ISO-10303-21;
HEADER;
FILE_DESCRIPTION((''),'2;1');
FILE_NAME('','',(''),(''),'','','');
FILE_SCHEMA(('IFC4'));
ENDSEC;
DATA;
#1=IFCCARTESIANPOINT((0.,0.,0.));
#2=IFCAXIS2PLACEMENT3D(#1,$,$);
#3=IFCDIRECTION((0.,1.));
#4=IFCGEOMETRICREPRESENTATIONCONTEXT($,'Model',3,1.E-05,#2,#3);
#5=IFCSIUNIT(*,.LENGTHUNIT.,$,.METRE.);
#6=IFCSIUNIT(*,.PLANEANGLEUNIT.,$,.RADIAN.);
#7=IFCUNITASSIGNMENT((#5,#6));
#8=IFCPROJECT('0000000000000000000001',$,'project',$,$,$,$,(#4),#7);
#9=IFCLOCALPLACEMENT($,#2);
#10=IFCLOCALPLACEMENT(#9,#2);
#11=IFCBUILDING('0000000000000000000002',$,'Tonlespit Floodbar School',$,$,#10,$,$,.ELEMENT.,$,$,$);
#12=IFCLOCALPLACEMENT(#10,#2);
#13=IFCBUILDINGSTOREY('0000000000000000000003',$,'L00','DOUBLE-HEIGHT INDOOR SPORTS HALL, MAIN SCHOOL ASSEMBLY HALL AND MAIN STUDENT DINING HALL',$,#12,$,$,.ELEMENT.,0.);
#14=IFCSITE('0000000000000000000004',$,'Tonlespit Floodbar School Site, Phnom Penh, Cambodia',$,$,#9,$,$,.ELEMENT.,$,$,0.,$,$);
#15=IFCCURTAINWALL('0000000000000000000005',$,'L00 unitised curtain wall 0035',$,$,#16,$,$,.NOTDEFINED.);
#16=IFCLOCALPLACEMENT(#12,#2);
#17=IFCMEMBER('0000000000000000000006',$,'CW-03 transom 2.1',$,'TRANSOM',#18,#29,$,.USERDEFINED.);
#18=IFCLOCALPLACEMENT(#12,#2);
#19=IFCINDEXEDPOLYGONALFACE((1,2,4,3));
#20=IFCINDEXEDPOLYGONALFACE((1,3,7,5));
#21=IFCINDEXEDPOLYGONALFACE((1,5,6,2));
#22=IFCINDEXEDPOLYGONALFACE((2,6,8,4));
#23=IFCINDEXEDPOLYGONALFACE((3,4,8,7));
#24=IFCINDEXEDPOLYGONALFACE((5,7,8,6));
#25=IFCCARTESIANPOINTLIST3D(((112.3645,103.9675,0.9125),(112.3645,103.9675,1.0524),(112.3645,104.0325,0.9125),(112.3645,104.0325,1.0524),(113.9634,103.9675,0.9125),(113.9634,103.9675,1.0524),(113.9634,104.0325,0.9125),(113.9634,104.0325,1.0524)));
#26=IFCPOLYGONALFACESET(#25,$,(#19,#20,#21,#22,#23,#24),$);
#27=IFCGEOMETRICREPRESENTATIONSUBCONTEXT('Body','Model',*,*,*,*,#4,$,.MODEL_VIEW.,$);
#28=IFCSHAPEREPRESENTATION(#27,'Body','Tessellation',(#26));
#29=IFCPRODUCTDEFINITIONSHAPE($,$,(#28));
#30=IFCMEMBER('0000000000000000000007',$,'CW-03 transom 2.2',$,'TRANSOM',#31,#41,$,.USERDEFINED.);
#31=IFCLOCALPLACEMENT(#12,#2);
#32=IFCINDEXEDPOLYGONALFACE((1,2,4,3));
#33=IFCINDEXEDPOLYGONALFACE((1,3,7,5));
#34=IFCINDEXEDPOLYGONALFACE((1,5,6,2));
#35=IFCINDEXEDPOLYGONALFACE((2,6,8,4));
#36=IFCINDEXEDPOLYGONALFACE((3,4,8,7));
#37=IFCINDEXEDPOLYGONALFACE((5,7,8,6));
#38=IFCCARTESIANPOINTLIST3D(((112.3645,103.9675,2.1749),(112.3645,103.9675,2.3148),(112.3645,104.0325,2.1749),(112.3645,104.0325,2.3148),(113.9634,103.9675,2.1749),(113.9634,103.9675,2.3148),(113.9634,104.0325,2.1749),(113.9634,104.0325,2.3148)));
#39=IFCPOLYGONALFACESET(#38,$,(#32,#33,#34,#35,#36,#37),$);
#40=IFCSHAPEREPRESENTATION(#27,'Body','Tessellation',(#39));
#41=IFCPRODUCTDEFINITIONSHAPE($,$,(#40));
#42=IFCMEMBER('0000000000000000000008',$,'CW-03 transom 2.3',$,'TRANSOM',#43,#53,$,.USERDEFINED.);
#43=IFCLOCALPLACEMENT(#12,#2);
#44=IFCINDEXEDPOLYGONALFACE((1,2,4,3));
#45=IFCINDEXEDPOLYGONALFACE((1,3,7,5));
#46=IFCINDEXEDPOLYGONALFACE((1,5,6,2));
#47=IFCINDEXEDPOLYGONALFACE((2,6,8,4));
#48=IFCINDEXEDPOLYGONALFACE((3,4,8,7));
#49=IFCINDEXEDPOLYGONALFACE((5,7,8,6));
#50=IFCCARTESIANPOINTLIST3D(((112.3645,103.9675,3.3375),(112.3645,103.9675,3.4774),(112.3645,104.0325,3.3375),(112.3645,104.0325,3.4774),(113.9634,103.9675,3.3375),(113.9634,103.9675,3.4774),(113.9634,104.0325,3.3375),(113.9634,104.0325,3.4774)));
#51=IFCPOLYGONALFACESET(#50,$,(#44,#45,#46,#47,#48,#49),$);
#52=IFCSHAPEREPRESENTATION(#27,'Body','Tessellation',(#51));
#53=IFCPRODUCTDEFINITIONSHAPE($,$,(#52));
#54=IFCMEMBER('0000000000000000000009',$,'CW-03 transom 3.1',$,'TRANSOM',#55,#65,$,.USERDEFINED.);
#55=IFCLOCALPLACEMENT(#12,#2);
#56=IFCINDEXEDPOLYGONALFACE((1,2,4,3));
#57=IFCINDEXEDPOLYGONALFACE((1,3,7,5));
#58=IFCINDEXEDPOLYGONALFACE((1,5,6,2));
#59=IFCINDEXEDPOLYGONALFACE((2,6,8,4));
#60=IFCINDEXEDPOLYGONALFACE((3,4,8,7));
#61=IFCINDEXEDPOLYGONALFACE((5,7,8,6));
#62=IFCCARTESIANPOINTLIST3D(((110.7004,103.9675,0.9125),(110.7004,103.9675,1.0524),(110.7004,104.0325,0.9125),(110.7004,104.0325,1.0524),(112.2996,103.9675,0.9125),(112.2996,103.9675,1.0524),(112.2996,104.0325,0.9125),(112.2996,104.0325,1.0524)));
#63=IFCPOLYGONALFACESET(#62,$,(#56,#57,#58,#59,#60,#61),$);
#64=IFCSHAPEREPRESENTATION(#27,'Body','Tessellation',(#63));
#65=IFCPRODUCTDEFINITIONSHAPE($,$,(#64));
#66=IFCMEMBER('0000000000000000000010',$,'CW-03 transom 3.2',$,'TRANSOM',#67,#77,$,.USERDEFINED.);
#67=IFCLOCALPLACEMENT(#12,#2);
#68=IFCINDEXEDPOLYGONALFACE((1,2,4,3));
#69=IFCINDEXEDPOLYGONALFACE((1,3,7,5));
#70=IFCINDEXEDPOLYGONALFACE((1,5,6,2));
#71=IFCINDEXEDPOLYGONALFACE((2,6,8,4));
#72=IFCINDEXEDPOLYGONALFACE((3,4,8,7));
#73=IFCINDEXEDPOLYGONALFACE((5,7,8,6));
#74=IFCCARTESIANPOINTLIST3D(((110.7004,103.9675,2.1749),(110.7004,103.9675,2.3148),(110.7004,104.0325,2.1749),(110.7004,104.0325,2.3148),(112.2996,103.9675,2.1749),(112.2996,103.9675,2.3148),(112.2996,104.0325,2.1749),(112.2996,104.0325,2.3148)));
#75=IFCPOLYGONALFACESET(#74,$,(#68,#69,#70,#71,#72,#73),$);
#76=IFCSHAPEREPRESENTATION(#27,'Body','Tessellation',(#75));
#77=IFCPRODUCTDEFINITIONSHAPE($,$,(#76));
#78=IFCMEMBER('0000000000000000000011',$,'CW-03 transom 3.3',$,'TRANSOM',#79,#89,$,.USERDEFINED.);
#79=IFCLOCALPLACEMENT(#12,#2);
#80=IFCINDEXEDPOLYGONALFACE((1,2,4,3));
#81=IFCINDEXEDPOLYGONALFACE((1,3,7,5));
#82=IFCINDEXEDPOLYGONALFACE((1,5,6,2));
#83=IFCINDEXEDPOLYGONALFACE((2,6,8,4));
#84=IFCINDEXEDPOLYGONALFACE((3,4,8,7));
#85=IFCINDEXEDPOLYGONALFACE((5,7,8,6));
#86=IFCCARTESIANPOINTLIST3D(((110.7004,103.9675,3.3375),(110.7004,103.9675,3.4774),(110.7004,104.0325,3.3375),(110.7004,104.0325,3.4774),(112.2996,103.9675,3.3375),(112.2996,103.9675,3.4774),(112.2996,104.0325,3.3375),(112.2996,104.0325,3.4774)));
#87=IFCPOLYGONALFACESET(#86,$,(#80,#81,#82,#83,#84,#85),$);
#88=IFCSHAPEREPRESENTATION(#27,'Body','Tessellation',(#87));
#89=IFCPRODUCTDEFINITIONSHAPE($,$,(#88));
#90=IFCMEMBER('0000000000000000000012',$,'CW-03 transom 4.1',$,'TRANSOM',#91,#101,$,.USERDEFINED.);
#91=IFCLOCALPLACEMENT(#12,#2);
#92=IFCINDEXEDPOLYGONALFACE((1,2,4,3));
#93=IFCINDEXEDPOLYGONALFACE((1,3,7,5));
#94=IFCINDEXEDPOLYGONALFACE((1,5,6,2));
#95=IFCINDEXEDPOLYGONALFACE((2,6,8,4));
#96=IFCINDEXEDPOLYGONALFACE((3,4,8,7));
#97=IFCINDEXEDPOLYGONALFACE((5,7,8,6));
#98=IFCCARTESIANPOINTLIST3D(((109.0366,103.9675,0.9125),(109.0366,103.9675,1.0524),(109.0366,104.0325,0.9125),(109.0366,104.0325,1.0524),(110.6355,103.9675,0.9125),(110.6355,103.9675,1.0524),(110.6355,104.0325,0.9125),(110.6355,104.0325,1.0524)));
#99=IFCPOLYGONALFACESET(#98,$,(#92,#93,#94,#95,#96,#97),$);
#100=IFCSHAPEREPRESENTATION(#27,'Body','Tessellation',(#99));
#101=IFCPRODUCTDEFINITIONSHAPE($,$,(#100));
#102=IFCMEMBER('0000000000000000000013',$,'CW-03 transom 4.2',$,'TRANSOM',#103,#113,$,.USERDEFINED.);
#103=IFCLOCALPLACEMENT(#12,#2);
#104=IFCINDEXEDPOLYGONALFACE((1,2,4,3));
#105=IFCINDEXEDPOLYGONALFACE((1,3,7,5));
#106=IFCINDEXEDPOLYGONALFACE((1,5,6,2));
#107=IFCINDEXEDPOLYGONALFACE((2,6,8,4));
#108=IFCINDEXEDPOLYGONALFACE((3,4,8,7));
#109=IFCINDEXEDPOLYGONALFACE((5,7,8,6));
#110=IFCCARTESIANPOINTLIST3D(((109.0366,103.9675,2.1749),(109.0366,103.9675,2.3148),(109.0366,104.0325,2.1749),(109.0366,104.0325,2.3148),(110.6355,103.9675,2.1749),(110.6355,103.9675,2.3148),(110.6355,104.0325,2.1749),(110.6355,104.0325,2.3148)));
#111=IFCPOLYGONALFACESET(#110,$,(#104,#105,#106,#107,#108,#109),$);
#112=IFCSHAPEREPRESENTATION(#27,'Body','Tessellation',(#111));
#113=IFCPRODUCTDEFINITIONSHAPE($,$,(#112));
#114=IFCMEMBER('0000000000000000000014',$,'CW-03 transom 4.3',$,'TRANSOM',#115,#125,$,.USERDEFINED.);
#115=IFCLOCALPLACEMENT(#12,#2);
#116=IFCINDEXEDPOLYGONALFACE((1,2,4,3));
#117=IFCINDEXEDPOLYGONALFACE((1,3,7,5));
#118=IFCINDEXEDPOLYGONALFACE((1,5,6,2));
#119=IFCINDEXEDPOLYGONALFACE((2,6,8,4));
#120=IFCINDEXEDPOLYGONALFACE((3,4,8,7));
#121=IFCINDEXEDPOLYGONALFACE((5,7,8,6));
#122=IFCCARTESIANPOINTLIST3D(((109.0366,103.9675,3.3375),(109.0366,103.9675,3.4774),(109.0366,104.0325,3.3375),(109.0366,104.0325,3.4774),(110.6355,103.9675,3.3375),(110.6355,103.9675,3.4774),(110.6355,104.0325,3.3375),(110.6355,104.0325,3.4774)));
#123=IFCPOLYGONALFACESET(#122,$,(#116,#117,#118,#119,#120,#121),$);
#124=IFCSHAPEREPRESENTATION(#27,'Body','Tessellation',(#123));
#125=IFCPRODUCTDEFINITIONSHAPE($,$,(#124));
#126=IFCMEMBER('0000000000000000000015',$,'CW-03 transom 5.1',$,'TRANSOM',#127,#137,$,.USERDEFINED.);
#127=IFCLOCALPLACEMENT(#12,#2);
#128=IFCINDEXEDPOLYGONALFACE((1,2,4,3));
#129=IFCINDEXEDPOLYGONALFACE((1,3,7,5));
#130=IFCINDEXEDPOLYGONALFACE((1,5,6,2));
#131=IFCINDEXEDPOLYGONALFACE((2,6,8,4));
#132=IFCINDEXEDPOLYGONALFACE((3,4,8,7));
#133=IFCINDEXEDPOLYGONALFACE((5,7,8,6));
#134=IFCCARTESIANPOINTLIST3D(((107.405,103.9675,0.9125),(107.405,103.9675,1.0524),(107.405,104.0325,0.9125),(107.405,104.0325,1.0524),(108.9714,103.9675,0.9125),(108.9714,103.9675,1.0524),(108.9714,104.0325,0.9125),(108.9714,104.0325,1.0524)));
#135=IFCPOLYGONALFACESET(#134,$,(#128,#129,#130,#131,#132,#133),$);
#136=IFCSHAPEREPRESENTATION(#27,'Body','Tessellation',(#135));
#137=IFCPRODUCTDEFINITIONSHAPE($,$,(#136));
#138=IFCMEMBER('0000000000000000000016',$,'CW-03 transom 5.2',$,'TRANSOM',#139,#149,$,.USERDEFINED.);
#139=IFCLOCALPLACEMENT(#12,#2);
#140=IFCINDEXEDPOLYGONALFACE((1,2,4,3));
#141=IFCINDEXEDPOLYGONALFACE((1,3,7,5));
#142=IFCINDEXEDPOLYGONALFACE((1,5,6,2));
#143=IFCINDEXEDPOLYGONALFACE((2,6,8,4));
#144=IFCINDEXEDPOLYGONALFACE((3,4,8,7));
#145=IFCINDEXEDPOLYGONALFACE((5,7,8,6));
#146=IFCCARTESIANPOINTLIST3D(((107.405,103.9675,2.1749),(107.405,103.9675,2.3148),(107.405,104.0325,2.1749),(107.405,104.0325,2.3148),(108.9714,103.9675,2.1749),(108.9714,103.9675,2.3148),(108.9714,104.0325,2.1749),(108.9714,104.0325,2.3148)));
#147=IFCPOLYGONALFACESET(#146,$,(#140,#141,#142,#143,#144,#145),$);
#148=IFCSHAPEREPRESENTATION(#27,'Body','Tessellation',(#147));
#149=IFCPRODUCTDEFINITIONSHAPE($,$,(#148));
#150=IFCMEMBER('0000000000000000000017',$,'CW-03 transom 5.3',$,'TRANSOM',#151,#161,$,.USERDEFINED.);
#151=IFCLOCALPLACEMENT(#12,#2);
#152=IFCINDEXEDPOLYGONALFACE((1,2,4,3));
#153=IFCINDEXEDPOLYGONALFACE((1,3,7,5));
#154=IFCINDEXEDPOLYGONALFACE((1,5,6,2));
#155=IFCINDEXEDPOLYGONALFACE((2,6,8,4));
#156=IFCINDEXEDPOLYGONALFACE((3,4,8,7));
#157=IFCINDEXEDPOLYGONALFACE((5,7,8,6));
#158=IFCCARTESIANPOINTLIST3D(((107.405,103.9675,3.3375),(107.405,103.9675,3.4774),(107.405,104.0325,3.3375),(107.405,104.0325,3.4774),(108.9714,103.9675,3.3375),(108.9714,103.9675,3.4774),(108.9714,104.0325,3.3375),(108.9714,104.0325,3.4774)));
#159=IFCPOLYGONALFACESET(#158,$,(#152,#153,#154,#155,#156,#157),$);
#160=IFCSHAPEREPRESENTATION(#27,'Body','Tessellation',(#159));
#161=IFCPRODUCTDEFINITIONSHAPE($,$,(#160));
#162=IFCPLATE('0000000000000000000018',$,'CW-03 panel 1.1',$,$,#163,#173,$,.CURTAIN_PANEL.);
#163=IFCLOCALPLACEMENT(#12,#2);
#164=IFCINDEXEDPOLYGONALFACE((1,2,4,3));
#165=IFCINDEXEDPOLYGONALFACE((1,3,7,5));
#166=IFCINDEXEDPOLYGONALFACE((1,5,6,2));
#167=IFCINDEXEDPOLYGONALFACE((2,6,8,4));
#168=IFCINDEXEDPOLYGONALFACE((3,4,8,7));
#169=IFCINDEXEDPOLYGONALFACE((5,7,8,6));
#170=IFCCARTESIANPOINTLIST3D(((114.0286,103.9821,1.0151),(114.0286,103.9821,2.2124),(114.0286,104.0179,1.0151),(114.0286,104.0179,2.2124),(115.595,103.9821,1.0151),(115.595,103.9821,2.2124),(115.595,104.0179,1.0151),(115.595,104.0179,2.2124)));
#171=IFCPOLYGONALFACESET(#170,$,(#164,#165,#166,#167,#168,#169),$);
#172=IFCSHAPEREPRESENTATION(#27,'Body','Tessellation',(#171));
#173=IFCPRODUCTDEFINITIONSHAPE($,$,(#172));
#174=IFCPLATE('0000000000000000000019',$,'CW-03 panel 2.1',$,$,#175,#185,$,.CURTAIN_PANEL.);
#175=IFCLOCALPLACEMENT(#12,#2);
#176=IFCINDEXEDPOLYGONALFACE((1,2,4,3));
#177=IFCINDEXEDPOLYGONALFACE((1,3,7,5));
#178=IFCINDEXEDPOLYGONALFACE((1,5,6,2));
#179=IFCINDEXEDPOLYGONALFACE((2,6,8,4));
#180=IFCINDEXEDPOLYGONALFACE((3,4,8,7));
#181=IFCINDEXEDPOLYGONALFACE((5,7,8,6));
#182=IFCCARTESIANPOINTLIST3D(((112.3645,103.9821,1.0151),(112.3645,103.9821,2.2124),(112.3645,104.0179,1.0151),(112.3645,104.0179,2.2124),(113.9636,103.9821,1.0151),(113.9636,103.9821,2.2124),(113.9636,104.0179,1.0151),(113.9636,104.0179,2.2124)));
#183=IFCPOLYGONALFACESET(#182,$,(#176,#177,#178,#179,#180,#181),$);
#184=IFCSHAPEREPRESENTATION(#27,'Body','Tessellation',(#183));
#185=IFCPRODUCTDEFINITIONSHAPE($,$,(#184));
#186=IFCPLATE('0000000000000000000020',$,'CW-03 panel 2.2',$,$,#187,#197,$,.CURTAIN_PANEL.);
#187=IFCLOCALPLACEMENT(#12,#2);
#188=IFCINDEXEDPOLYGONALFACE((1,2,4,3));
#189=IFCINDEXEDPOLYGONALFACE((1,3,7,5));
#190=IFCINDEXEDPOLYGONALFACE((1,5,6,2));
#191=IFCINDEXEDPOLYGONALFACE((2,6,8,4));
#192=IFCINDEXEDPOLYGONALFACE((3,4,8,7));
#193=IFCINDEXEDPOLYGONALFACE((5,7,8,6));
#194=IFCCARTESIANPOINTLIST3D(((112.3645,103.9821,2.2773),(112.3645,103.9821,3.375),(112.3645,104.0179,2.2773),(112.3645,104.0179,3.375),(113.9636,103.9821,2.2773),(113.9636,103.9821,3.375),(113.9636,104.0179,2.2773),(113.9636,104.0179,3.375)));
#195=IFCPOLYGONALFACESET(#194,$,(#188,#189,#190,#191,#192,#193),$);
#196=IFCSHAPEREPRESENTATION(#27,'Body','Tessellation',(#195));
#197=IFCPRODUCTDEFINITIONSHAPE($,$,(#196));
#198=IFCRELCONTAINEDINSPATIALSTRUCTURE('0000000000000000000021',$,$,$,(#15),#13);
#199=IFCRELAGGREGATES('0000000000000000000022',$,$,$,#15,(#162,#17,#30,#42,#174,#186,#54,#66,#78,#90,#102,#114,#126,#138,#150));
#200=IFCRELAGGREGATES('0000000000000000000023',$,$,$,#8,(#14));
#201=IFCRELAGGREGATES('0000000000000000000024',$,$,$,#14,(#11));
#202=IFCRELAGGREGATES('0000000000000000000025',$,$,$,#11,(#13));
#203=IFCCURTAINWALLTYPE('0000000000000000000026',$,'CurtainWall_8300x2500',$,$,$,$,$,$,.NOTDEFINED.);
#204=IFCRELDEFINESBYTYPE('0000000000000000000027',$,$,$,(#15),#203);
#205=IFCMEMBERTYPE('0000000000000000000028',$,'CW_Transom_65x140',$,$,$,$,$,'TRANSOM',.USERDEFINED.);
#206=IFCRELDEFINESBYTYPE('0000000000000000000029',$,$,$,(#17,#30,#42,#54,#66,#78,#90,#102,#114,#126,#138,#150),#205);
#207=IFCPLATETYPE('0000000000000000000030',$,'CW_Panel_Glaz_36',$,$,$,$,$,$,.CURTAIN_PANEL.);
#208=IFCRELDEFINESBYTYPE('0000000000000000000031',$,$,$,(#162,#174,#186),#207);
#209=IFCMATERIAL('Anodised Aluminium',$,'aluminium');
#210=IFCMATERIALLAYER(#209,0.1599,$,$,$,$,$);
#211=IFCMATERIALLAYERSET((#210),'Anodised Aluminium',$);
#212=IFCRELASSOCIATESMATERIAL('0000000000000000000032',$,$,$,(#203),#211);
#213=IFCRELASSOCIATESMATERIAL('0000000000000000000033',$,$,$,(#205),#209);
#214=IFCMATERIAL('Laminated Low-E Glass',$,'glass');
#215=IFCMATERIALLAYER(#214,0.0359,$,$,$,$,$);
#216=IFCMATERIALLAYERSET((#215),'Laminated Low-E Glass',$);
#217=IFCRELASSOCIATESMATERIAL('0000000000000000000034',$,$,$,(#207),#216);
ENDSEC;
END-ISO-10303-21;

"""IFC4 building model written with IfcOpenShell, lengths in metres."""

from ifc_helpers import new_model, si_unit, direction, frame, origin, origin_2d, place, context, subcontext, project, spatial, rectangle, extrude, material, layer, layer_set, material_profile, profile_set, type_object, element, aggregate, save


model = new_model("IFC4")

# Units and contexts
model_context = context("Model", 3, precision=1e-05, world=origin(), true_north=direction((0.0, 1.0)))
body_context = subcontext(model_context, "Body", "Model", "MODEL_VIEW")
ifc_project = project(units=[si_unit("LENGTHUNIT", "METRE"), si_unit("PLANEANGLEUNIT", "RADIAN")], contexts=[model_context])

# Site, building, storey
site_placement = place(None, origin())
site = spatial("IfcSite", under=ifc_project, at=site_placement, Name="Tonlespit Floodbar School Site, Phnom Penh, Cambodia", CompositionType="ELEMENT", RefElevation=0.0)
building_placement = place(site_placement, origin())
building = spatial("IfcBuilding", under=site, at=building_placement, Name="Tonlespit Floodbar School", CompositionType="ELEMENT")
storey_placement = place(building_placement, origin())
storey = spatial("IfcBuildingStorey", under=building, at=storey_placement, Name="L00", Description="DOUBLE-HEIGHT INDOOR SPORTS HALL, MAIN SCHOOL ASSEMBLY HALL AND MAIN STUDENT DINING HALL", CompositionType="ELEMENT", Elevation=0.0)

# Curtain wall, members, plates
ifc_material_1 = material(Name="Anodised Aluminium", Category="aluminium")
ifc_layer_1 = layer(ifc_material_1, 0.1599)
ifc_layer_set_1 = layer_set([ifc_layer_1], Name="Anodised Aluminium")
curtain_wall_type = type_object("IfcCurtainWallType", Name="CurtainWall_8300x2500", PredefinedType="NOTDEFINED", material=ifc_layer_set_1)
curtain_wall_placement = place(storey_placement, origin())
curtain_wall = element("IfcCurtainWall", 1, at=curtain_wall_placement, inside=storey, type_object=curtain_wall_type, Name="L00 unitised curtain wall 0035", PredefinedType="NOTDEFINED")
ifc_material_profile_1 = material_profile(ifc_material_1, rectangle(XDim=0.0649, YDim=0.1399, at=origin_2d()), Name="ALU T65x140")
ifc_profile_set_1 = profile_set([ifc_material_profile_1], Name="Anodised Aluminium")
member_type_1 = type_object("IfcMemberType", Name="CW_Transom_65x140", ElementType="TRANSOM", PredefinedType="USERDEFINED", material=ifc_profile_set_1)
member_1_placement = place(storey_placement, frame((113.9634, 104.0, 0.9824), z_axis=(-1.0, 0.0, 0.0), x_axis=(0.0, -1.0, 0.0)))
member_1 = element("IfcMember", 2, at=member_1_placement, type_object=member_type_1, Name="CW-03 transom 2.1", ObjectType="TRANSOM", PredefinedType="USERDEFINED", context=body_context, shape_type="SweptSolid", body=[
    extrude(rectangle(XDim=0.0649, YDim=0.1399, at=origin_2d()), origin(), (0.0, 0.0, 1.0), 1.5989),
])
member_2_placement = place(storey_placement, frame((113.9634, 104.0, 2.2449), z_axis=(-1.0, 0.0, 0.0), x_axis=(0.0, -1.0, 0.0)))
member_2 = element("IfcMember", 3, at=member_2_placement, type_object=member_type_1, Name="CW-03 transom 2.2", ObjectType="TRANSOM", PredefinedType="USERDEFINED", context=body_context, shape_type="SweptSolid", body=[
    extrude(rectangle(XDim=0.0649, YDim=0.1399, at=origin_2d()), origin(), (0.0, 0.0, 1.0), 1.5989),
])
member_3_placement = place(storey_placement, frame((113.9634, 104.0, 3.4075), z_axis=(-1.0, 0.0, 0.0), x_axis=(0.0, -1.0, 0.0)))
member_3 = element("IfcMember", 4, at=member_3_placement, type_object=member_type_1, Name="CW-03 transom 2.3", ObjectType="TRANSOM", PredefinedType="USERDEFINED", context=body_context, shape_type="SweptSolid", body=[
    extrude(rectangle(XDim=0.0649, YDim=0.1399, at=origin_2d()), origin(), (0.0, 0.0, 1.0), 1.5989),
])
member_4_placement = place(storey_placement, frame((112.2996, 104.0, 0.9824), z_axis=(-1.0, 0.0, 0.0), x_axis=(0.0, -1.0, 0.0)))
member_4 = element("IfcMember", 5, at=member_4_placement, type_object=member_type_1, Name="CW-03 transom 3.1", ObjectType="TRANSOM", PredefinedType="USERDEFINED", context=body_context, shape_type="SweptSolid", body=[
    extrude(rectangle(XDim=0.0649, YDim=0.1399, at=origin_2d()), origin(), (0.0, 0.0, 1.0), 1.5991),
])
member_5_placement = place(storey_placement, frame((112.2996, 104.0, 2.2449), z_axis=(-1.0, 0.0, 0.0), x_axis=(0.0, -1.0, 0.0)))
member_5 = element("IfcMember", 6, at=member_5_placement, type_object=member_type_1, Name="CW-03 transom 3.2", ObjectType="TRANSOM", PredefinedType="USERDEFINED", context=body_context, shape_type="SweptSolid", body=[
    extrude(rectangle(XDim=0.0649, YDim=0.1399, at=origin_2d()), origin(), (0.0, 0.0, 1.0), 1.5991),
])
member_6_placement = place(storey_placement, frame((112.2996, 104.0, 3.4075), z_axis=(-1.0, 0.0, 0.0), x_axis=(0.0, -1.0, 0.0)))
member_6 = element("IfcMember", 7, at=member_6_placement, type_object=member_type_1, Name="CW-03 transom 3.3", ObjectType="TRANSOM", PredefinedType="USERDEFINED", context=body_context, shape_type="SweptSolid", body=[
    extrude(rectangle(XDim=0.0649, YDim=0.1399, at=origin_2d()), origin(), (0.0, 0.0, 1.0), 1.5991),
])
member_7_placement = place(storey_placement, frame((110.6355, 104.0, 0.9824), z_axis=(-1.0, 0.0, 0.0), x_axis=(0.0, -1.0, 0.0)))
member_7 = element("IfcMember", 8, at=member_7_placement, type_object=member_type_1, Name="CW-03 transom 4.1", ObjectType="TRANSOM", PredefinedType="USERDEFINED", context=body_context, shape_type="SweptSolid", body=[
    extrude(rectangle(XDim=0.0649, YDim=0.1399, at=origin_2d()), origin(), (0.0, 0.0, 1.0), 1.5989),
])
member_8_placement = place(storey_placement, frame((110.6355, 104.0, 2.2449), z_axis=(-1.0, 0.0, 0.0), x_axis=(0.0, -1.0, 0.0)))
member_8 = element("IfcMember", 9, at=member_8_placement, type_object=member_type_1, Name="CW-03 transom 4.2", ObjectType="TRANSOM", PredefinedType="USERDEFINED", context=body_context, shape_type="SweptSolid", body=[
    extrude(rectangle(XDim=0.0649, YDim=0.1399, at=origin_2d()), origin(), (0.0, 0.0, 1.0), 1.5989),
])
member_9_placement = place(storey_placement, frame((110.6355, 104.0, 3.4075), z_axis=(-1.0, 0.0, 0.0), x_axis=(0.0, -1.0, 0.0)))
member_9 = element("IfcMember", 10, at=member_9_placement, type_object=member_type_1, Name="CW-03 transom 4.3", ObjectType="TRANSOM", PredefinedType="USERDEFINED", context=body_context, shape_type="SweptSolid", body=[
    extrude(rectangle(XDim=0.0649, YDim=0.1399, at=origin_2d()), origin(), (0.0, 0.0, 1.0), 1.5989),
])
member_10_placement = place(storey_placement, frame((108.9714, 104.0, 0.9824), z_axis=(-1.0, 0.0, 0.0), x_axis=(0.0, -1.0, 0.0)))
member_10 = element("IfcMember", 11, at=member_10_placement, type_object=member_type_1, Name="CW-03 transom 5.1", ObjectType="TRANSOM", PredefinedType="USERDEFINED", context=body_context, shape_type="SweptSolid", body=[
    extrude(rectangle(XDim=0.0649, YDim=0.1399, at=origin_2d()), origin(), (0.0, 0.0, 1.0), 1.5664),
])
member_11_placement = place(storey_placement, frame((108.9714, 104.0, 2.2449), z_axis=(-1.0, 0.0, 0.0), x_axis=(0.0, -1.0, 0.0)))
member_11 = element("IfcMember", 12, at=member_11_placement, type_object=member_type_1, Name="CW-03 transom 5.2", ObjectType="TRANSOM", PredefinedType="USERDEFINED", context=body_context, shape_type="SweptSolid", body=[
    extrude(rectangle(XDim=0.0649, YDim=0.1399, at=origin_2d()), origin(), (0.0, 0.0, 1.0), 1.5664),
])
member_12_placement = place(storey_placement, frame((108.9714, 104.0, 3.4075), z_axis=(-1.0, 0.0, 0.0), x_axis=(0.0, -1.0, 0.0)))
member_12 = element("IfcMember", 13, at=member_12_placement, type_object=member_type_1, Name="CW-03 transom 5.3", ObjectType="TRANSOM", PredefinedType="USERDEFINED", context=body_context, shape_type="SweptSolid", body=[
    extrude(rectangle(XDim=0.0649, YDim=0.1399, at=origin_2d()), origin(), (0.0, 0.0, 1.0), 1.5664),
])
ifc_material_2 = material(Name="Laminated Low-E Glass", Category="glass")
ifc_layer_2 = layer(ifc_material_2, 0.0359)
ifc_layer_set_2 = layer_set([ifc_layer_2], Name="Laminated Low-E Glass")
plate_type = type_object("IfcPlateType", Name="CW_Panel_Glaz_36", PredefinedType="CURTAIN_PANEL", material=ifc_layer_set_2)
plate_1_placement = place(storey_placement, frame((114.8118, 104.0, 1.0151), z_axis=(0.0, 0.0, 1.0), x_axis=(-1.0, 0.0, 0.0)))
plate_1 = element("IfcPlate", 14, at=plate_1_placement, type_object=plate_type, Name="CW-03 panel 1.1", PredefinedType="CURTAIN_PANEL", context=body_context, shape_type="SweptSolid", body=[
    extrude(rectangle(XDim=1.5664, YDim=0.0359, at=origin_2d()), origin(), (0.0, 0.0, 1.0), 1.1973),
])
plate_2_placement = place(storey_placement, frame((113.1641, 104.0, 1.0151), z_axis=(0.0, 0.0, 1.0), x_axis=(-1.0, 0.0, 0.0)))
plate_2 = element("IfcPlate", 15, at=plate_2_placement, type_object=plate_type, Name="CW-03 panel 2.1", PredefinedType="CURTAIN_PANEL", context=body_context, shape_type="SweptSolid", body=[
    extrude(rectangle(XDim=1.5991, YDim=0.0359, at=origin_2d()), origin(), (0.0, 0.0, 1.0), 1.1973),
])
plate_3_placement = place(storey_placement, frame((113.1641, 104.0, 2.2773), z_axis=(0.0, 0.0, 1.0), x_axis=(-1.0, 0.0, 0.0)))
plate_3 = element("IfcPlate", 16, at=plate_3_placement, type_object=plate_type, Name="CW-03 panel 2.2", PredefinedType="CURTAIN_PANEL", context=body_context, shape_type="SweptSolid", body=[
    extrude(rectangle(XDim=1.5991, YDim=0.0359, at=origin_2d()), origin(), (0.0, 0.0, 1.0), 1.0977),
])
aggregate(curtain_wall, [plate_1, member_1, member_2, member_3, plate_2, plate_3, member_4, member_5, member_6, member_7, member_8, member_9, member_10, member_11, member_12])

save(model, "model.ifc")
